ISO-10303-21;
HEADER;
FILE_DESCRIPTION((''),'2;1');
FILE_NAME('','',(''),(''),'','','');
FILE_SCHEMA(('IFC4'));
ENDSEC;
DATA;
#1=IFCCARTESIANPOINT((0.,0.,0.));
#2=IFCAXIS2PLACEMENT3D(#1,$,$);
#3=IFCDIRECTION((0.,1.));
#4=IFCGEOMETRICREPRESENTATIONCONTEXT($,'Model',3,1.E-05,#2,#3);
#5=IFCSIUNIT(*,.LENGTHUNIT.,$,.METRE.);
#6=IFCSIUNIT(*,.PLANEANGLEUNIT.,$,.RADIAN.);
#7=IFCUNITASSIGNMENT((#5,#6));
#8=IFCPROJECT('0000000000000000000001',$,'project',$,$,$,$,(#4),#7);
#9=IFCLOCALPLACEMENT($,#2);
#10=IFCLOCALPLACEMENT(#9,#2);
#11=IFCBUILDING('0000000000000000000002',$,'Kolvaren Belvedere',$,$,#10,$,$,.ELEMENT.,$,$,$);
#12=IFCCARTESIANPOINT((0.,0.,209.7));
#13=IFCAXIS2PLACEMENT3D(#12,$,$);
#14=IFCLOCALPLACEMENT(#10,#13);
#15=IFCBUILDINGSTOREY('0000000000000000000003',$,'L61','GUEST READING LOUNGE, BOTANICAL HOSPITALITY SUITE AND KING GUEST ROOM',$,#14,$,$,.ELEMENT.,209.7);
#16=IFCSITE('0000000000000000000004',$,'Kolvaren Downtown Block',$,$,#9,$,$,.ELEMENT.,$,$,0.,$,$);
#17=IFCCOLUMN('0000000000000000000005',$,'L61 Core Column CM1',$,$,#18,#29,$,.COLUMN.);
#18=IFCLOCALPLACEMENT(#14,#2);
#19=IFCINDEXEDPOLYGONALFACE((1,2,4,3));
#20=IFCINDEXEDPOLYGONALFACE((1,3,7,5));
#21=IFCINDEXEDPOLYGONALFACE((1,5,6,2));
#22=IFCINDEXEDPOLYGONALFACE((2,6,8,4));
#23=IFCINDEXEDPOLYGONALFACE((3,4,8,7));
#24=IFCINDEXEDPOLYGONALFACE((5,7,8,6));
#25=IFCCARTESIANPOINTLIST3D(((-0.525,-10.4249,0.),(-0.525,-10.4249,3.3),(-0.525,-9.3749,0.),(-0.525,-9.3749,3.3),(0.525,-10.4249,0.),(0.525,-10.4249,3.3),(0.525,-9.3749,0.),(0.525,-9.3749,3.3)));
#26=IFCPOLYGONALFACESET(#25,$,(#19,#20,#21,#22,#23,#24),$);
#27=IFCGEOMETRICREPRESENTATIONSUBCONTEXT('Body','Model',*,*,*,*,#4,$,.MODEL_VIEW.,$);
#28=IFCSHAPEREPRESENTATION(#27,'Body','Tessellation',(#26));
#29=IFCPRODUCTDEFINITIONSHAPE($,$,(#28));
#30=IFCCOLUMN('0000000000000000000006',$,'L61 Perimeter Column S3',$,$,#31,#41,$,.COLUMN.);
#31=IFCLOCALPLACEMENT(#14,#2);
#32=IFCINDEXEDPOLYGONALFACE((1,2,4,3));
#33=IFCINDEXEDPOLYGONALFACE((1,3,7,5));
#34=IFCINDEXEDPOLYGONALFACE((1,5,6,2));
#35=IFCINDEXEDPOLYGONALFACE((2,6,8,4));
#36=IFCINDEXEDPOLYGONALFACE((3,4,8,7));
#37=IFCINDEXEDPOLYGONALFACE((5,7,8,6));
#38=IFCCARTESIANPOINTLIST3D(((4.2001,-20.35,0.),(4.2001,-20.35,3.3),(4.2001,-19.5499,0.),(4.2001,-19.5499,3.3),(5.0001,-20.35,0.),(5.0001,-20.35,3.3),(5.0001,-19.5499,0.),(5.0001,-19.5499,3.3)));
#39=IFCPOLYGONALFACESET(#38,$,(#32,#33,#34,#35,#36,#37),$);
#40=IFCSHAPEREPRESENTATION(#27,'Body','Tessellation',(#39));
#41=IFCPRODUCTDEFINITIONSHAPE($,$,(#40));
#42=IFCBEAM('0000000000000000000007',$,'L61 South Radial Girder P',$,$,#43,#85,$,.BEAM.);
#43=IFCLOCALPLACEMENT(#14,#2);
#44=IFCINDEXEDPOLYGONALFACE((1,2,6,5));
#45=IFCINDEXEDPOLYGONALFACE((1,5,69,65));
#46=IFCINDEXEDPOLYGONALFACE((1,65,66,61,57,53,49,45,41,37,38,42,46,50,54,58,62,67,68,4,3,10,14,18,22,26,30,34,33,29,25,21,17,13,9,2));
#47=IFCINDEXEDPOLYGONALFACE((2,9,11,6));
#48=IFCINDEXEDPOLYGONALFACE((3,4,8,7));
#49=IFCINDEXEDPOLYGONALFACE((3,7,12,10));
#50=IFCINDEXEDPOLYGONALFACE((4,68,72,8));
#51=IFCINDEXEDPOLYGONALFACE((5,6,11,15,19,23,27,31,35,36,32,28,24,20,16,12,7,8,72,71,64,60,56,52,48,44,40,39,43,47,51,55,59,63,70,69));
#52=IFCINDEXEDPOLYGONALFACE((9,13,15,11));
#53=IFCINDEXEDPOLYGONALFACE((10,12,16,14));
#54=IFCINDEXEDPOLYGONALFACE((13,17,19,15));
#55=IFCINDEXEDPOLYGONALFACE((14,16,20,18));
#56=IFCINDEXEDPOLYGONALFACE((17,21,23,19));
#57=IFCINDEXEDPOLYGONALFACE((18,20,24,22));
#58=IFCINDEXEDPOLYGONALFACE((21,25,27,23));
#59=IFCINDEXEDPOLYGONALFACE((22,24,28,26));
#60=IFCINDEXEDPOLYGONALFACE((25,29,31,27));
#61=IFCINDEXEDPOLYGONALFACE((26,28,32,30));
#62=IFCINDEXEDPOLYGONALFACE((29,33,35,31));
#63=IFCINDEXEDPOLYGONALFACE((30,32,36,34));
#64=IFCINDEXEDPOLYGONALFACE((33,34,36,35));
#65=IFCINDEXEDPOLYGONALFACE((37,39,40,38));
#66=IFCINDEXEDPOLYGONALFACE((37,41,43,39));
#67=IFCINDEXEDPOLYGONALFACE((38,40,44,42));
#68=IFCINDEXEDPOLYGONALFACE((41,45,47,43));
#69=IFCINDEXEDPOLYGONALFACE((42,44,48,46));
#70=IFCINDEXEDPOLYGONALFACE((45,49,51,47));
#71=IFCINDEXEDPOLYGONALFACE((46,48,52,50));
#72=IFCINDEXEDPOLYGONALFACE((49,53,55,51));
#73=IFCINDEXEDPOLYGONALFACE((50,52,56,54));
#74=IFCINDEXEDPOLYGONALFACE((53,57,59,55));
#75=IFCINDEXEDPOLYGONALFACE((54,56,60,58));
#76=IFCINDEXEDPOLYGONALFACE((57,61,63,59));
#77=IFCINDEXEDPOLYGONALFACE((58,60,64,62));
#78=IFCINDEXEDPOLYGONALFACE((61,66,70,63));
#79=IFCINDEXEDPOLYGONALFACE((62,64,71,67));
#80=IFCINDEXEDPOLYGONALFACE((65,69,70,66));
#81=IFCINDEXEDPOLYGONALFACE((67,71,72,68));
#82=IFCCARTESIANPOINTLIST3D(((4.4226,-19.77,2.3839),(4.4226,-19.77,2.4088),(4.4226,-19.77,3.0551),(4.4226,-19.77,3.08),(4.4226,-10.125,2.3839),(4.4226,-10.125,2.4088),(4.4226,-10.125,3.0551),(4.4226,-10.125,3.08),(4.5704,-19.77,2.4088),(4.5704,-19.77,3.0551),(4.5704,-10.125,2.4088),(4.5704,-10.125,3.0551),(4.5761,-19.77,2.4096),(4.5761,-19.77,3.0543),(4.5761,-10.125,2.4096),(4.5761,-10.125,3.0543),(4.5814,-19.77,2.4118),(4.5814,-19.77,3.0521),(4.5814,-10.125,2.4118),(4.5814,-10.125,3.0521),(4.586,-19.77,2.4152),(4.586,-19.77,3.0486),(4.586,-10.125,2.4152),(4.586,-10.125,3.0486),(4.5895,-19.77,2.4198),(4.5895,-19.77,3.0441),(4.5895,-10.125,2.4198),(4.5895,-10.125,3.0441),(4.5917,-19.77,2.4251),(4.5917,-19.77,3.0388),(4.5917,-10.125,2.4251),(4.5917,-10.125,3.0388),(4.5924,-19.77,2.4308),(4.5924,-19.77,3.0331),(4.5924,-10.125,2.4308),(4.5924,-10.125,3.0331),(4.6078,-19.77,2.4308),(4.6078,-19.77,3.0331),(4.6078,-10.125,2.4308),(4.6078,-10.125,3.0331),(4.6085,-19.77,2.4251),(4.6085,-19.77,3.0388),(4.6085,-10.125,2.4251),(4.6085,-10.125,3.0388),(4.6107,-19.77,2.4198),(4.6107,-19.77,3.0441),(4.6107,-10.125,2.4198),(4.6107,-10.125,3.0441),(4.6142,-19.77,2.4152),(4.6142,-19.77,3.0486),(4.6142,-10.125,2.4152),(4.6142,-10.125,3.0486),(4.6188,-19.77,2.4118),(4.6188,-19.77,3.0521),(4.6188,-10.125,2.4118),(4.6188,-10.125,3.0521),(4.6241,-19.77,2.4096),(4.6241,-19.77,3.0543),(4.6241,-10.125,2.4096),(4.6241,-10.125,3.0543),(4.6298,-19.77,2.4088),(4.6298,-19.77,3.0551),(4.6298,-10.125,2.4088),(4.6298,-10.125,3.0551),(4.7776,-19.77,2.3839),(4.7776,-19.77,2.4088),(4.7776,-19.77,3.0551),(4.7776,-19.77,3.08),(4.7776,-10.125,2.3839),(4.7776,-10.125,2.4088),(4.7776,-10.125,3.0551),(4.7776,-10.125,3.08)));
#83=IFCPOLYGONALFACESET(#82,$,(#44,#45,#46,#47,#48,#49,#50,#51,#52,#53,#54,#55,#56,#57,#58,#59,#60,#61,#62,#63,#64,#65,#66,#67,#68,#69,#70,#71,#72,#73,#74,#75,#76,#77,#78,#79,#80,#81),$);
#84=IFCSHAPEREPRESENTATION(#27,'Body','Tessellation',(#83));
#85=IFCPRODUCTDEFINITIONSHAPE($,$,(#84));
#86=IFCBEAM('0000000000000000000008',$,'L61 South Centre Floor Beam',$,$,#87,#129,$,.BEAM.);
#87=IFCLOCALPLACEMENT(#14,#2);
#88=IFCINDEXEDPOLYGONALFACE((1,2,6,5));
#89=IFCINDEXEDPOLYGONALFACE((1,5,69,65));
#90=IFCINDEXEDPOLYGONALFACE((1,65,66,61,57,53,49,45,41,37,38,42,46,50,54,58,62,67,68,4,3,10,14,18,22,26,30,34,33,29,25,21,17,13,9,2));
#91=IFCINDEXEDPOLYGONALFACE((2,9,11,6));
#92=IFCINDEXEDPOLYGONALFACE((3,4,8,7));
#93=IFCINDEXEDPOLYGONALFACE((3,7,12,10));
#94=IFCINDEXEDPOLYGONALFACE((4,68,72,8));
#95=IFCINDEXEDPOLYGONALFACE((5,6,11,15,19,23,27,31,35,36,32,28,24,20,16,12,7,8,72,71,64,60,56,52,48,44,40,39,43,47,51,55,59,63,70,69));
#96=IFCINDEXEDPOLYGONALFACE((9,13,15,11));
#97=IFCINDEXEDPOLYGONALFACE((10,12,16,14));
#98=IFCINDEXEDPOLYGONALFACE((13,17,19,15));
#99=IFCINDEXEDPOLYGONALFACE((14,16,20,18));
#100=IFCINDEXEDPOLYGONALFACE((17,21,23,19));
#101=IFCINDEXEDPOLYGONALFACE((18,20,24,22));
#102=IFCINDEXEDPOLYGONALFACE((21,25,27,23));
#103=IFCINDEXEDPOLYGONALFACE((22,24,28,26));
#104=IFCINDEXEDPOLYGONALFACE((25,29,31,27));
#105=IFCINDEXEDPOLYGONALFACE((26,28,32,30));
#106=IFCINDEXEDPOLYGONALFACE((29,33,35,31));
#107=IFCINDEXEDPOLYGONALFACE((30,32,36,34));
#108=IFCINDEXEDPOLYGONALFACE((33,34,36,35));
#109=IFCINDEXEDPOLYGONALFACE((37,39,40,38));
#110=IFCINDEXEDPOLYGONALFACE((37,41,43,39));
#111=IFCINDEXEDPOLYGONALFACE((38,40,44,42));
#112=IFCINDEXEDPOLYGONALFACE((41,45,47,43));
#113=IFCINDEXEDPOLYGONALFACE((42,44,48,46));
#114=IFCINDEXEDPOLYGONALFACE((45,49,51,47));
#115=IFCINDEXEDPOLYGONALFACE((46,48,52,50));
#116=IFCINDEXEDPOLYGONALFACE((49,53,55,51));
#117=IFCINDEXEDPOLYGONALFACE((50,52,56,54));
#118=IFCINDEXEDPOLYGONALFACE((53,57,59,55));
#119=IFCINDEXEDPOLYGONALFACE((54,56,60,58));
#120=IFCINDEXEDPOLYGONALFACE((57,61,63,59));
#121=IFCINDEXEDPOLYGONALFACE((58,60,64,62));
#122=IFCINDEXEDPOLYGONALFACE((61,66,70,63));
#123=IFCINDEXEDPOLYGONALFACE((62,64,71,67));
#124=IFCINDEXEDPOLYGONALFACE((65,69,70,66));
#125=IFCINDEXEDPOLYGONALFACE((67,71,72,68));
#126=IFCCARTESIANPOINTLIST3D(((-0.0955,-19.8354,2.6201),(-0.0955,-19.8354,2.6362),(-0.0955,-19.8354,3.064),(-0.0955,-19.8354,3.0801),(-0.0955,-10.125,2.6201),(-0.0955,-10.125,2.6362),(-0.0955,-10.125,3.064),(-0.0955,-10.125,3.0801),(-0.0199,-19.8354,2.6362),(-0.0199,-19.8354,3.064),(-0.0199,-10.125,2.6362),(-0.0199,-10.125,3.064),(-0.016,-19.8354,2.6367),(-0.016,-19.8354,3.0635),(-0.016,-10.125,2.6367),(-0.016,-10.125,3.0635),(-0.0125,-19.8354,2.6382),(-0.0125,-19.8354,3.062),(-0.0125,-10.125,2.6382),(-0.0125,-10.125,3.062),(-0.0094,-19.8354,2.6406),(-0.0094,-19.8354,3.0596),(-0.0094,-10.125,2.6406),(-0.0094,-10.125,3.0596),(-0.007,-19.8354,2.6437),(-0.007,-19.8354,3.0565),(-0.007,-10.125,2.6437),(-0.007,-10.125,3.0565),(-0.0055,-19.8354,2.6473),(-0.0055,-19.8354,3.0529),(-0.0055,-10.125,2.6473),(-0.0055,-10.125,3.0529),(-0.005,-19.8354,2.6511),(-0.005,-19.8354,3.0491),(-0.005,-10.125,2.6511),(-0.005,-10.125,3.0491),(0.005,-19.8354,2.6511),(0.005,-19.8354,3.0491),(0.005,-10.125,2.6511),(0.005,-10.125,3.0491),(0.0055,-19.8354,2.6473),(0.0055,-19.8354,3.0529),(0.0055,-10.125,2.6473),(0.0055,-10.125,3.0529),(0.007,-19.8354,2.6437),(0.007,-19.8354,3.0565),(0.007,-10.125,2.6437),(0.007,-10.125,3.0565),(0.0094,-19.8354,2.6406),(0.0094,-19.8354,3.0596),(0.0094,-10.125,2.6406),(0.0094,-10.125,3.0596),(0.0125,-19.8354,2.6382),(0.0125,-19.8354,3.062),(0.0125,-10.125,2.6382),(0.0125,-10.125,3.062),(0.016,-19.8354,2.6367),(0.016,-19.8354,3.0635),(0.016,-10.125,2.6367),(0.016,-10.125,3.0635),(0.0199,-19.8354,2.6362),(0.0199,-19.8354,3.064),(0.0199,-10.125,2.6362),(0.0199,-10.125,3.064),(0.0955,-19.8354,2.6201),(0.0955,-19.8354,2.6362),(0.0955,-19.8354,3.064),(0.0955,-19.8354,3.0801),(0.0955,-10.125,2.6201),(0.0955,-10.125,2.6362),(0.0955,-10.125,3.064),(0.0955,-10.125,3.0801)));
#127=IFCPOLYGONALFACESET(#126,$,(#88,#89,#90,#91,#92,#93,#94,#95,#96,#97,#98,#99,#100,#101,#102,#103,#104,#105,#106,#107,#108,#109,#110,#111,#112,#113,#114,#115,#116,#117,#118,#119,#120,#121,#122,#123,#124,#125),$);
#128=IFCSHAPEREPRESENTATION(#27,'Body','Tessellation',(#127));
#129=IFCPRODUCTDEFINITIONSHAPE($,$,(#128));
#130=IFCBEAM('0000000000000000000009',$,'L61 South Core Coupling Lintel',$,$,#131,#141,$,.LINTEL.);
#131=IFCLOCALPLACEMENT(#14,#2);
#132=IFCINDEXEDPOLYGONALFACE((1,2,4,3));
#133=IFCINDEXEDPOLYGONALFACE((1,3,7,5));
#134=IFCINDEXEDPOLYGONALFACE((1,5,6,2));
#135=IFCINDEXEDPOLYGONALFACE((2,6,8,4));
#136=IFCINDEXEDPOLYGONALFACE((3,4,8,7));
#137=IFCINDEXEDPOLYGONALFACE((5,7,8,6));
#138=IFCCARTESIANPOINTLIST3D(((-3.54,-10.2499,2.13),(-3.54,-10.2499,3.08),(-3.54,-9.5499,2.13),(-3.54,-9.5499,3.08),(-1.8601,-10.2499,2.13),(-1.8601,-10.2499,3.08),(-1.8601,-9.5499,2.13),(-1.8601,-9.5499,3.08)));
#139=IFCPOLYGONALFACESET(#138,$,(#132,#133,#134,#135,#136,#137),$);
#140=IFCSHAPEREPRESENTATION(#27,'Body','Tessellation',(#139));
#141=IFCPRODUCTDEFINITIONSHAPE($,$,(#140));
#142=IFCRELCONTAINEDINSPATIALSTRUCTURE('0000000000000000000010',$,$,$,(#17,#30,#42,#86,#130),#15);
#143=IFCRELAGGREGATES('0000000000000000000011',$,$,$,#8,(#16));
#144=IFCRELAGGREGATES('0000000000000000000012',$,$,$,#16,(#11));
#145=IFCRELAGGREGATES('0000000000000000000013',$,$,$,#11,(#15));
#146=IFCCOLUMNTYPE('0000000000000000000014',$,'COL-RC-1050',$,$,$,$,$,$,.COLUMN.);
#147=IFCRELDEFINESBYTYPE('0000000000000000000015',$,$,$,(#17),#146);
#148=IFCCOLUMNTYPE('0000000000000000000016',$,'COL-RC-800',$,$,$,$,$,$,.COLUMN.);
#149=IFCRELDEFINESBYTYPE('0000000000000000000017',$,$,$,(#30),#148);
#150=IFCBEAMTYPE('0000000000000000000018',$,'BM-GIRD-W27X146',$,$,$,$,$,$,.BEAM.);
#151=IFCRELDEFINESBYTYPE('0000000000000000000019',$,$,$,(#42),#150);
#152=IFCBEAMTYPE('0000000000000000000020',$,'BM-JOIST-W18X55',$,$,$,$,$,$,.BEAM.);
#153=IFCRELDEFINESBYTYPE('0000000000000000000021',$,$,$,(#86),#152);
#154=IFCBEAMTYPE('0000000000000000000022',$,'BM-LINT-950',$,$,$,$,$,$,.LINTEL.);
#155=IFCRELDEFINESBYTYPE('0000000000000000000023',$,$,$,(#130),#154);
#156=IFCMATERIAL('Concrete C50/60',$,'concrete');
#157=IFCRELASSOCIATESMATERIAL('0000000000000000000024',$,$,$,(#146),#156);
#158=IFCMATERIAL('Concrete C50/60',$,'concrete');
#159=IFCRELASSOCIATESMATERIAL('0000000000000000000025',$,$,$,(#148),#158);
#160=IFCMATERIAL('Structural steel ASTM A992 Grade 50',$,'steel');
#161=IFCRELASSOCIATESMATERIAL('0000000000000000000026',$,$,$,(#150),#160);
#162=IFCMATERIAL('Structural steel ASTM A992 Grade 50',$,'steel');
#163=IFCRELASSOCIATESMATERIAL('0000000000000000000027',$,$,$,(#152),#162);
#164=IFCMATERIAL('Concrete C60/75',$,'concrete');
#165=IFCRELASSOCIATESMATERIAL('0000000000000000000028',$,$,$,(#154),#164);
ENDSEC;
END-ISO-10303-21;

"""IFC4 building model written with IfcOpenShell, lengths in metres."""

from ifc_helpers import new_model, si_unit, direction, frame, origin, origin_2d, place, context, subcontext, project, spatial, rectangle, i_section, extrude, material, material_profile, profile_set, type_object, element, save


model = new_model("IFC4")

# Units and contexts
model_context = context("Model", 3, precision=1e-05, world=origin(), true_north=direction((0.0, 1.0)))
body_context = subcontext(model_context, "Body", "Model", "MODEL_VIEW")
ifc_project = project(units=[si_unit("LENGTHUNIT", "METRE"), si_unit("PLANEANGLEUNIT", "RADIAN")], contexts=[model_context])

# Site, building, storey
site_placement = place(None, origin())
site = spatial("IfcSite", under=ifc_project, at=site_placement, Name="Kolvaren Downtown Block", CompositionType="ELEMENT", RefElevation=0.0)
building_placement = place(site_placement, origin())
building = spatial("IfcBuilding", under=site, at=building_placement, Name="Kolvaren Belvedere", CompositionType="ELEMENT")
storey_placement = place(building_placement, frame((0.0, 0.0, 209.7)))
storey = spatial("IfcBuildingStorey", under=building, at=storey_placement, Name="L61", Description="GUEST READING LOUNGE, BOTANICAL HOSPITALITY SUITE AND KING GUEST ROOM", CompositionType="ELEMENT", Elevation=209.7)

# Columns
ifc_material_1 = material(Name="Concrete C50/60", Category="concrete")
ifc_material_profile_1 = material_profile(ifc_material_1, rectangle(XDim=1.05, YDim=1.05, at=origin_2d()), Name="RC 1050X1050")
ifc_profile_set_1 = profile_set([ifc_material_profile_1], Name="Concrete C50/60")
column_type_1 = type_object("IfcColumnType", Name="COL-RC-1050", PredefinedType="COLUMN", material=ifc_profile_set_1)
column_1_placement = place(storey_placement, frame((0.0, -9.8999, 0.0), z_axis=(0.0, 0.0, 1.0), x_axis=(1.0, 0.0, 0.0)))
element("IfcColumn", 1, at=column_1_placement, inside=storey, type_object=column_type_1, Name="L61 Core Column CM1", PredefinedType="COLUMN", context=body_context, shape_type="SweptSolid", body=[
    extrude(rectangle(XDim=1.05, YDim=1.05, at=origin_2d()), origin(), (0.0, 0.0, 1.0), 3.3),
])
ifc_material_2 = material(Name="Concrete C50/60", Category="concrete")
ifc_material_profile_2 = material_profile(ifc_material_2, rectangle(XDim=0.8, YDim=0.8, at=origin_2d()), Name="RC 800X800")
ifc_profile_set_2 = profile_set([ifc_material_profile_2], Name="Concrete C50/60")
column_type_2 = type_object("IfcColumnType", Name="COL-RC-800", PredefinedType="COLUMN", material=ifc_profile_set_2)
column_2_placement = place(storey_placement, frame((4.6001, -19.95, 0.0), z_axis=(0.0, 0.0, 1.0), x_axis=(1.0, 0.0, 0.0)))
element("IfcColumn", 2, at=column_2_placement, inside=storey, type_object=column_type_2, Name="L61 Perimeter Column S3", PredefinedType="COLUMN", context=body_context, shape_type="SweptSolid", body=[
    extrude(rectangle(XDim=0.8, YDim=0.8, at=origin_2d()), origin(), (0.0, 0.0, 1.0), 3.3),
])

# Beams
ifc_material_3 = material(Name="Structural steel ASTM A992 Grade 50", Category="steel")
ifc_material_profile_3 = material_profile(ifc_material_3, i_section(OverallWidth=0.355, OverallDepth=0.696, WebThickness=0.0154, FlangeThickness=0.0249, FilletRadius=0.022, at=origin_2d()), Name="W27X146")
ifc_profile_set_3 = profile_set([ifc_material_profile_3], Name="Structural steel ASTM A992 Grade 50")
beam_type_1 = type_object("IfcBeamType", Name="BM-GIRD-W27X146", PredefinedType="BEAM", material=ifc_profile_set_3)
beam_1_placement = place(storey_placement, frame((4.6001, -10.125, 2.7319), z_axis=(0.0, -1.0, 0.0), x_axis=(1.0, 0.0, 0.0)))
element("IfcBeam", 3, at=beam_1_placement, inside=storey, type_object=beam_type_1, Name="L61 South Radial Girder P", PredefinedType="BEAM", context=body_context, shape_type="SweptSolid", body=[
    extrude(i_section(OverallWidth=0.355, OverallDepth=0.696, WebThickness=0.0154, FlangeThickness=0.0249, FilletRadius=0.022, at=origin_2d()), origin(), (0.0, 0.0, 1.0), 9.645),
])
ifc_material_4 = material(Name="Structural steel ASTM A992 Grade 50", Category="steel")
ifc_material_profile_4 = material_profile(ifc_material_4, i_section(OverallWidth=0.1909, OverallDepth=0.46, WebThickness=0.01, FlangeThickness=0.0161, FilletRadius=0.0149, at=origin_2d()), Name="W18X55")
ifc_profile_set_4 = profile_set([ifc_material_profile_4], Name="Structural steel ASTM A992 Grade 50")
beam_type_2 = type_object("IfcBeamType", Name="BM-JOIST-W18X55", PredefinedType="BEAM", material=ifc_profile_set_4)
beam_2_placement = place(storey_placement, frame((0.0, -10.125, 2.8501), z_axis=(0.0, -1.0, 0.0), x_axis=(1.0, 0.0, 0.0)))
element("IfcBeam", 4, at=beam_2_placement, inside=storey, type_object=beam_type_2, Name="L61 South Centre Floor Beam", PredefinedType="BEAM", context=body_context, shape_type="SweptSolid", body=[
    extrude(i_section(OverallWidth=0.1909, OverallDepth=0.46, WebThickness=0.01, FlangeThickness=0.0161, FilletRadius=0.0149, at=origin_2d()), origin(), (0.0, 0.0, 1.0), 9.7104),
])
ifc_material_5 = material(Name="Concrete C60/75", Category="concrete")
ifc_material_profile_5 = material_profile(ifc_material_5, rectangle(XDim=0.7, YDim=0.95, at=origin_2d()), Name="RC 700X950")
ifc_profile_set_5 = profile_set([ifc_material_profile_5], Name="Concrete C60/75")
beam_type_3 = type_object("IfcBeamType", Name="BM-LINT-950", PredefinedType="LINTEL", material=ifc_profile_set_5)
beam_3_placement = place(storey_placement, frame((-3.54, -9.8999, 2.605), z_axis=(1.0, 0.0, 0.0), x_axis=(0.0, 1.0, 0.0)))
element("IfcBeam", 5, at=beam_3_placement, inside=storey, type_object=beam_type_3, Name="L61 South Core Coupling Lintel", PredefinedType="LINTEL", context=body_context, shape_type="SweptSolid", body=[
    extrude(rectangle(XDim=0.7, YDim=0.95, at=origin_2d()), origin(), (0.0, 0.0, 1.0), 1.6799),
])

save(model, "model.ifc")
